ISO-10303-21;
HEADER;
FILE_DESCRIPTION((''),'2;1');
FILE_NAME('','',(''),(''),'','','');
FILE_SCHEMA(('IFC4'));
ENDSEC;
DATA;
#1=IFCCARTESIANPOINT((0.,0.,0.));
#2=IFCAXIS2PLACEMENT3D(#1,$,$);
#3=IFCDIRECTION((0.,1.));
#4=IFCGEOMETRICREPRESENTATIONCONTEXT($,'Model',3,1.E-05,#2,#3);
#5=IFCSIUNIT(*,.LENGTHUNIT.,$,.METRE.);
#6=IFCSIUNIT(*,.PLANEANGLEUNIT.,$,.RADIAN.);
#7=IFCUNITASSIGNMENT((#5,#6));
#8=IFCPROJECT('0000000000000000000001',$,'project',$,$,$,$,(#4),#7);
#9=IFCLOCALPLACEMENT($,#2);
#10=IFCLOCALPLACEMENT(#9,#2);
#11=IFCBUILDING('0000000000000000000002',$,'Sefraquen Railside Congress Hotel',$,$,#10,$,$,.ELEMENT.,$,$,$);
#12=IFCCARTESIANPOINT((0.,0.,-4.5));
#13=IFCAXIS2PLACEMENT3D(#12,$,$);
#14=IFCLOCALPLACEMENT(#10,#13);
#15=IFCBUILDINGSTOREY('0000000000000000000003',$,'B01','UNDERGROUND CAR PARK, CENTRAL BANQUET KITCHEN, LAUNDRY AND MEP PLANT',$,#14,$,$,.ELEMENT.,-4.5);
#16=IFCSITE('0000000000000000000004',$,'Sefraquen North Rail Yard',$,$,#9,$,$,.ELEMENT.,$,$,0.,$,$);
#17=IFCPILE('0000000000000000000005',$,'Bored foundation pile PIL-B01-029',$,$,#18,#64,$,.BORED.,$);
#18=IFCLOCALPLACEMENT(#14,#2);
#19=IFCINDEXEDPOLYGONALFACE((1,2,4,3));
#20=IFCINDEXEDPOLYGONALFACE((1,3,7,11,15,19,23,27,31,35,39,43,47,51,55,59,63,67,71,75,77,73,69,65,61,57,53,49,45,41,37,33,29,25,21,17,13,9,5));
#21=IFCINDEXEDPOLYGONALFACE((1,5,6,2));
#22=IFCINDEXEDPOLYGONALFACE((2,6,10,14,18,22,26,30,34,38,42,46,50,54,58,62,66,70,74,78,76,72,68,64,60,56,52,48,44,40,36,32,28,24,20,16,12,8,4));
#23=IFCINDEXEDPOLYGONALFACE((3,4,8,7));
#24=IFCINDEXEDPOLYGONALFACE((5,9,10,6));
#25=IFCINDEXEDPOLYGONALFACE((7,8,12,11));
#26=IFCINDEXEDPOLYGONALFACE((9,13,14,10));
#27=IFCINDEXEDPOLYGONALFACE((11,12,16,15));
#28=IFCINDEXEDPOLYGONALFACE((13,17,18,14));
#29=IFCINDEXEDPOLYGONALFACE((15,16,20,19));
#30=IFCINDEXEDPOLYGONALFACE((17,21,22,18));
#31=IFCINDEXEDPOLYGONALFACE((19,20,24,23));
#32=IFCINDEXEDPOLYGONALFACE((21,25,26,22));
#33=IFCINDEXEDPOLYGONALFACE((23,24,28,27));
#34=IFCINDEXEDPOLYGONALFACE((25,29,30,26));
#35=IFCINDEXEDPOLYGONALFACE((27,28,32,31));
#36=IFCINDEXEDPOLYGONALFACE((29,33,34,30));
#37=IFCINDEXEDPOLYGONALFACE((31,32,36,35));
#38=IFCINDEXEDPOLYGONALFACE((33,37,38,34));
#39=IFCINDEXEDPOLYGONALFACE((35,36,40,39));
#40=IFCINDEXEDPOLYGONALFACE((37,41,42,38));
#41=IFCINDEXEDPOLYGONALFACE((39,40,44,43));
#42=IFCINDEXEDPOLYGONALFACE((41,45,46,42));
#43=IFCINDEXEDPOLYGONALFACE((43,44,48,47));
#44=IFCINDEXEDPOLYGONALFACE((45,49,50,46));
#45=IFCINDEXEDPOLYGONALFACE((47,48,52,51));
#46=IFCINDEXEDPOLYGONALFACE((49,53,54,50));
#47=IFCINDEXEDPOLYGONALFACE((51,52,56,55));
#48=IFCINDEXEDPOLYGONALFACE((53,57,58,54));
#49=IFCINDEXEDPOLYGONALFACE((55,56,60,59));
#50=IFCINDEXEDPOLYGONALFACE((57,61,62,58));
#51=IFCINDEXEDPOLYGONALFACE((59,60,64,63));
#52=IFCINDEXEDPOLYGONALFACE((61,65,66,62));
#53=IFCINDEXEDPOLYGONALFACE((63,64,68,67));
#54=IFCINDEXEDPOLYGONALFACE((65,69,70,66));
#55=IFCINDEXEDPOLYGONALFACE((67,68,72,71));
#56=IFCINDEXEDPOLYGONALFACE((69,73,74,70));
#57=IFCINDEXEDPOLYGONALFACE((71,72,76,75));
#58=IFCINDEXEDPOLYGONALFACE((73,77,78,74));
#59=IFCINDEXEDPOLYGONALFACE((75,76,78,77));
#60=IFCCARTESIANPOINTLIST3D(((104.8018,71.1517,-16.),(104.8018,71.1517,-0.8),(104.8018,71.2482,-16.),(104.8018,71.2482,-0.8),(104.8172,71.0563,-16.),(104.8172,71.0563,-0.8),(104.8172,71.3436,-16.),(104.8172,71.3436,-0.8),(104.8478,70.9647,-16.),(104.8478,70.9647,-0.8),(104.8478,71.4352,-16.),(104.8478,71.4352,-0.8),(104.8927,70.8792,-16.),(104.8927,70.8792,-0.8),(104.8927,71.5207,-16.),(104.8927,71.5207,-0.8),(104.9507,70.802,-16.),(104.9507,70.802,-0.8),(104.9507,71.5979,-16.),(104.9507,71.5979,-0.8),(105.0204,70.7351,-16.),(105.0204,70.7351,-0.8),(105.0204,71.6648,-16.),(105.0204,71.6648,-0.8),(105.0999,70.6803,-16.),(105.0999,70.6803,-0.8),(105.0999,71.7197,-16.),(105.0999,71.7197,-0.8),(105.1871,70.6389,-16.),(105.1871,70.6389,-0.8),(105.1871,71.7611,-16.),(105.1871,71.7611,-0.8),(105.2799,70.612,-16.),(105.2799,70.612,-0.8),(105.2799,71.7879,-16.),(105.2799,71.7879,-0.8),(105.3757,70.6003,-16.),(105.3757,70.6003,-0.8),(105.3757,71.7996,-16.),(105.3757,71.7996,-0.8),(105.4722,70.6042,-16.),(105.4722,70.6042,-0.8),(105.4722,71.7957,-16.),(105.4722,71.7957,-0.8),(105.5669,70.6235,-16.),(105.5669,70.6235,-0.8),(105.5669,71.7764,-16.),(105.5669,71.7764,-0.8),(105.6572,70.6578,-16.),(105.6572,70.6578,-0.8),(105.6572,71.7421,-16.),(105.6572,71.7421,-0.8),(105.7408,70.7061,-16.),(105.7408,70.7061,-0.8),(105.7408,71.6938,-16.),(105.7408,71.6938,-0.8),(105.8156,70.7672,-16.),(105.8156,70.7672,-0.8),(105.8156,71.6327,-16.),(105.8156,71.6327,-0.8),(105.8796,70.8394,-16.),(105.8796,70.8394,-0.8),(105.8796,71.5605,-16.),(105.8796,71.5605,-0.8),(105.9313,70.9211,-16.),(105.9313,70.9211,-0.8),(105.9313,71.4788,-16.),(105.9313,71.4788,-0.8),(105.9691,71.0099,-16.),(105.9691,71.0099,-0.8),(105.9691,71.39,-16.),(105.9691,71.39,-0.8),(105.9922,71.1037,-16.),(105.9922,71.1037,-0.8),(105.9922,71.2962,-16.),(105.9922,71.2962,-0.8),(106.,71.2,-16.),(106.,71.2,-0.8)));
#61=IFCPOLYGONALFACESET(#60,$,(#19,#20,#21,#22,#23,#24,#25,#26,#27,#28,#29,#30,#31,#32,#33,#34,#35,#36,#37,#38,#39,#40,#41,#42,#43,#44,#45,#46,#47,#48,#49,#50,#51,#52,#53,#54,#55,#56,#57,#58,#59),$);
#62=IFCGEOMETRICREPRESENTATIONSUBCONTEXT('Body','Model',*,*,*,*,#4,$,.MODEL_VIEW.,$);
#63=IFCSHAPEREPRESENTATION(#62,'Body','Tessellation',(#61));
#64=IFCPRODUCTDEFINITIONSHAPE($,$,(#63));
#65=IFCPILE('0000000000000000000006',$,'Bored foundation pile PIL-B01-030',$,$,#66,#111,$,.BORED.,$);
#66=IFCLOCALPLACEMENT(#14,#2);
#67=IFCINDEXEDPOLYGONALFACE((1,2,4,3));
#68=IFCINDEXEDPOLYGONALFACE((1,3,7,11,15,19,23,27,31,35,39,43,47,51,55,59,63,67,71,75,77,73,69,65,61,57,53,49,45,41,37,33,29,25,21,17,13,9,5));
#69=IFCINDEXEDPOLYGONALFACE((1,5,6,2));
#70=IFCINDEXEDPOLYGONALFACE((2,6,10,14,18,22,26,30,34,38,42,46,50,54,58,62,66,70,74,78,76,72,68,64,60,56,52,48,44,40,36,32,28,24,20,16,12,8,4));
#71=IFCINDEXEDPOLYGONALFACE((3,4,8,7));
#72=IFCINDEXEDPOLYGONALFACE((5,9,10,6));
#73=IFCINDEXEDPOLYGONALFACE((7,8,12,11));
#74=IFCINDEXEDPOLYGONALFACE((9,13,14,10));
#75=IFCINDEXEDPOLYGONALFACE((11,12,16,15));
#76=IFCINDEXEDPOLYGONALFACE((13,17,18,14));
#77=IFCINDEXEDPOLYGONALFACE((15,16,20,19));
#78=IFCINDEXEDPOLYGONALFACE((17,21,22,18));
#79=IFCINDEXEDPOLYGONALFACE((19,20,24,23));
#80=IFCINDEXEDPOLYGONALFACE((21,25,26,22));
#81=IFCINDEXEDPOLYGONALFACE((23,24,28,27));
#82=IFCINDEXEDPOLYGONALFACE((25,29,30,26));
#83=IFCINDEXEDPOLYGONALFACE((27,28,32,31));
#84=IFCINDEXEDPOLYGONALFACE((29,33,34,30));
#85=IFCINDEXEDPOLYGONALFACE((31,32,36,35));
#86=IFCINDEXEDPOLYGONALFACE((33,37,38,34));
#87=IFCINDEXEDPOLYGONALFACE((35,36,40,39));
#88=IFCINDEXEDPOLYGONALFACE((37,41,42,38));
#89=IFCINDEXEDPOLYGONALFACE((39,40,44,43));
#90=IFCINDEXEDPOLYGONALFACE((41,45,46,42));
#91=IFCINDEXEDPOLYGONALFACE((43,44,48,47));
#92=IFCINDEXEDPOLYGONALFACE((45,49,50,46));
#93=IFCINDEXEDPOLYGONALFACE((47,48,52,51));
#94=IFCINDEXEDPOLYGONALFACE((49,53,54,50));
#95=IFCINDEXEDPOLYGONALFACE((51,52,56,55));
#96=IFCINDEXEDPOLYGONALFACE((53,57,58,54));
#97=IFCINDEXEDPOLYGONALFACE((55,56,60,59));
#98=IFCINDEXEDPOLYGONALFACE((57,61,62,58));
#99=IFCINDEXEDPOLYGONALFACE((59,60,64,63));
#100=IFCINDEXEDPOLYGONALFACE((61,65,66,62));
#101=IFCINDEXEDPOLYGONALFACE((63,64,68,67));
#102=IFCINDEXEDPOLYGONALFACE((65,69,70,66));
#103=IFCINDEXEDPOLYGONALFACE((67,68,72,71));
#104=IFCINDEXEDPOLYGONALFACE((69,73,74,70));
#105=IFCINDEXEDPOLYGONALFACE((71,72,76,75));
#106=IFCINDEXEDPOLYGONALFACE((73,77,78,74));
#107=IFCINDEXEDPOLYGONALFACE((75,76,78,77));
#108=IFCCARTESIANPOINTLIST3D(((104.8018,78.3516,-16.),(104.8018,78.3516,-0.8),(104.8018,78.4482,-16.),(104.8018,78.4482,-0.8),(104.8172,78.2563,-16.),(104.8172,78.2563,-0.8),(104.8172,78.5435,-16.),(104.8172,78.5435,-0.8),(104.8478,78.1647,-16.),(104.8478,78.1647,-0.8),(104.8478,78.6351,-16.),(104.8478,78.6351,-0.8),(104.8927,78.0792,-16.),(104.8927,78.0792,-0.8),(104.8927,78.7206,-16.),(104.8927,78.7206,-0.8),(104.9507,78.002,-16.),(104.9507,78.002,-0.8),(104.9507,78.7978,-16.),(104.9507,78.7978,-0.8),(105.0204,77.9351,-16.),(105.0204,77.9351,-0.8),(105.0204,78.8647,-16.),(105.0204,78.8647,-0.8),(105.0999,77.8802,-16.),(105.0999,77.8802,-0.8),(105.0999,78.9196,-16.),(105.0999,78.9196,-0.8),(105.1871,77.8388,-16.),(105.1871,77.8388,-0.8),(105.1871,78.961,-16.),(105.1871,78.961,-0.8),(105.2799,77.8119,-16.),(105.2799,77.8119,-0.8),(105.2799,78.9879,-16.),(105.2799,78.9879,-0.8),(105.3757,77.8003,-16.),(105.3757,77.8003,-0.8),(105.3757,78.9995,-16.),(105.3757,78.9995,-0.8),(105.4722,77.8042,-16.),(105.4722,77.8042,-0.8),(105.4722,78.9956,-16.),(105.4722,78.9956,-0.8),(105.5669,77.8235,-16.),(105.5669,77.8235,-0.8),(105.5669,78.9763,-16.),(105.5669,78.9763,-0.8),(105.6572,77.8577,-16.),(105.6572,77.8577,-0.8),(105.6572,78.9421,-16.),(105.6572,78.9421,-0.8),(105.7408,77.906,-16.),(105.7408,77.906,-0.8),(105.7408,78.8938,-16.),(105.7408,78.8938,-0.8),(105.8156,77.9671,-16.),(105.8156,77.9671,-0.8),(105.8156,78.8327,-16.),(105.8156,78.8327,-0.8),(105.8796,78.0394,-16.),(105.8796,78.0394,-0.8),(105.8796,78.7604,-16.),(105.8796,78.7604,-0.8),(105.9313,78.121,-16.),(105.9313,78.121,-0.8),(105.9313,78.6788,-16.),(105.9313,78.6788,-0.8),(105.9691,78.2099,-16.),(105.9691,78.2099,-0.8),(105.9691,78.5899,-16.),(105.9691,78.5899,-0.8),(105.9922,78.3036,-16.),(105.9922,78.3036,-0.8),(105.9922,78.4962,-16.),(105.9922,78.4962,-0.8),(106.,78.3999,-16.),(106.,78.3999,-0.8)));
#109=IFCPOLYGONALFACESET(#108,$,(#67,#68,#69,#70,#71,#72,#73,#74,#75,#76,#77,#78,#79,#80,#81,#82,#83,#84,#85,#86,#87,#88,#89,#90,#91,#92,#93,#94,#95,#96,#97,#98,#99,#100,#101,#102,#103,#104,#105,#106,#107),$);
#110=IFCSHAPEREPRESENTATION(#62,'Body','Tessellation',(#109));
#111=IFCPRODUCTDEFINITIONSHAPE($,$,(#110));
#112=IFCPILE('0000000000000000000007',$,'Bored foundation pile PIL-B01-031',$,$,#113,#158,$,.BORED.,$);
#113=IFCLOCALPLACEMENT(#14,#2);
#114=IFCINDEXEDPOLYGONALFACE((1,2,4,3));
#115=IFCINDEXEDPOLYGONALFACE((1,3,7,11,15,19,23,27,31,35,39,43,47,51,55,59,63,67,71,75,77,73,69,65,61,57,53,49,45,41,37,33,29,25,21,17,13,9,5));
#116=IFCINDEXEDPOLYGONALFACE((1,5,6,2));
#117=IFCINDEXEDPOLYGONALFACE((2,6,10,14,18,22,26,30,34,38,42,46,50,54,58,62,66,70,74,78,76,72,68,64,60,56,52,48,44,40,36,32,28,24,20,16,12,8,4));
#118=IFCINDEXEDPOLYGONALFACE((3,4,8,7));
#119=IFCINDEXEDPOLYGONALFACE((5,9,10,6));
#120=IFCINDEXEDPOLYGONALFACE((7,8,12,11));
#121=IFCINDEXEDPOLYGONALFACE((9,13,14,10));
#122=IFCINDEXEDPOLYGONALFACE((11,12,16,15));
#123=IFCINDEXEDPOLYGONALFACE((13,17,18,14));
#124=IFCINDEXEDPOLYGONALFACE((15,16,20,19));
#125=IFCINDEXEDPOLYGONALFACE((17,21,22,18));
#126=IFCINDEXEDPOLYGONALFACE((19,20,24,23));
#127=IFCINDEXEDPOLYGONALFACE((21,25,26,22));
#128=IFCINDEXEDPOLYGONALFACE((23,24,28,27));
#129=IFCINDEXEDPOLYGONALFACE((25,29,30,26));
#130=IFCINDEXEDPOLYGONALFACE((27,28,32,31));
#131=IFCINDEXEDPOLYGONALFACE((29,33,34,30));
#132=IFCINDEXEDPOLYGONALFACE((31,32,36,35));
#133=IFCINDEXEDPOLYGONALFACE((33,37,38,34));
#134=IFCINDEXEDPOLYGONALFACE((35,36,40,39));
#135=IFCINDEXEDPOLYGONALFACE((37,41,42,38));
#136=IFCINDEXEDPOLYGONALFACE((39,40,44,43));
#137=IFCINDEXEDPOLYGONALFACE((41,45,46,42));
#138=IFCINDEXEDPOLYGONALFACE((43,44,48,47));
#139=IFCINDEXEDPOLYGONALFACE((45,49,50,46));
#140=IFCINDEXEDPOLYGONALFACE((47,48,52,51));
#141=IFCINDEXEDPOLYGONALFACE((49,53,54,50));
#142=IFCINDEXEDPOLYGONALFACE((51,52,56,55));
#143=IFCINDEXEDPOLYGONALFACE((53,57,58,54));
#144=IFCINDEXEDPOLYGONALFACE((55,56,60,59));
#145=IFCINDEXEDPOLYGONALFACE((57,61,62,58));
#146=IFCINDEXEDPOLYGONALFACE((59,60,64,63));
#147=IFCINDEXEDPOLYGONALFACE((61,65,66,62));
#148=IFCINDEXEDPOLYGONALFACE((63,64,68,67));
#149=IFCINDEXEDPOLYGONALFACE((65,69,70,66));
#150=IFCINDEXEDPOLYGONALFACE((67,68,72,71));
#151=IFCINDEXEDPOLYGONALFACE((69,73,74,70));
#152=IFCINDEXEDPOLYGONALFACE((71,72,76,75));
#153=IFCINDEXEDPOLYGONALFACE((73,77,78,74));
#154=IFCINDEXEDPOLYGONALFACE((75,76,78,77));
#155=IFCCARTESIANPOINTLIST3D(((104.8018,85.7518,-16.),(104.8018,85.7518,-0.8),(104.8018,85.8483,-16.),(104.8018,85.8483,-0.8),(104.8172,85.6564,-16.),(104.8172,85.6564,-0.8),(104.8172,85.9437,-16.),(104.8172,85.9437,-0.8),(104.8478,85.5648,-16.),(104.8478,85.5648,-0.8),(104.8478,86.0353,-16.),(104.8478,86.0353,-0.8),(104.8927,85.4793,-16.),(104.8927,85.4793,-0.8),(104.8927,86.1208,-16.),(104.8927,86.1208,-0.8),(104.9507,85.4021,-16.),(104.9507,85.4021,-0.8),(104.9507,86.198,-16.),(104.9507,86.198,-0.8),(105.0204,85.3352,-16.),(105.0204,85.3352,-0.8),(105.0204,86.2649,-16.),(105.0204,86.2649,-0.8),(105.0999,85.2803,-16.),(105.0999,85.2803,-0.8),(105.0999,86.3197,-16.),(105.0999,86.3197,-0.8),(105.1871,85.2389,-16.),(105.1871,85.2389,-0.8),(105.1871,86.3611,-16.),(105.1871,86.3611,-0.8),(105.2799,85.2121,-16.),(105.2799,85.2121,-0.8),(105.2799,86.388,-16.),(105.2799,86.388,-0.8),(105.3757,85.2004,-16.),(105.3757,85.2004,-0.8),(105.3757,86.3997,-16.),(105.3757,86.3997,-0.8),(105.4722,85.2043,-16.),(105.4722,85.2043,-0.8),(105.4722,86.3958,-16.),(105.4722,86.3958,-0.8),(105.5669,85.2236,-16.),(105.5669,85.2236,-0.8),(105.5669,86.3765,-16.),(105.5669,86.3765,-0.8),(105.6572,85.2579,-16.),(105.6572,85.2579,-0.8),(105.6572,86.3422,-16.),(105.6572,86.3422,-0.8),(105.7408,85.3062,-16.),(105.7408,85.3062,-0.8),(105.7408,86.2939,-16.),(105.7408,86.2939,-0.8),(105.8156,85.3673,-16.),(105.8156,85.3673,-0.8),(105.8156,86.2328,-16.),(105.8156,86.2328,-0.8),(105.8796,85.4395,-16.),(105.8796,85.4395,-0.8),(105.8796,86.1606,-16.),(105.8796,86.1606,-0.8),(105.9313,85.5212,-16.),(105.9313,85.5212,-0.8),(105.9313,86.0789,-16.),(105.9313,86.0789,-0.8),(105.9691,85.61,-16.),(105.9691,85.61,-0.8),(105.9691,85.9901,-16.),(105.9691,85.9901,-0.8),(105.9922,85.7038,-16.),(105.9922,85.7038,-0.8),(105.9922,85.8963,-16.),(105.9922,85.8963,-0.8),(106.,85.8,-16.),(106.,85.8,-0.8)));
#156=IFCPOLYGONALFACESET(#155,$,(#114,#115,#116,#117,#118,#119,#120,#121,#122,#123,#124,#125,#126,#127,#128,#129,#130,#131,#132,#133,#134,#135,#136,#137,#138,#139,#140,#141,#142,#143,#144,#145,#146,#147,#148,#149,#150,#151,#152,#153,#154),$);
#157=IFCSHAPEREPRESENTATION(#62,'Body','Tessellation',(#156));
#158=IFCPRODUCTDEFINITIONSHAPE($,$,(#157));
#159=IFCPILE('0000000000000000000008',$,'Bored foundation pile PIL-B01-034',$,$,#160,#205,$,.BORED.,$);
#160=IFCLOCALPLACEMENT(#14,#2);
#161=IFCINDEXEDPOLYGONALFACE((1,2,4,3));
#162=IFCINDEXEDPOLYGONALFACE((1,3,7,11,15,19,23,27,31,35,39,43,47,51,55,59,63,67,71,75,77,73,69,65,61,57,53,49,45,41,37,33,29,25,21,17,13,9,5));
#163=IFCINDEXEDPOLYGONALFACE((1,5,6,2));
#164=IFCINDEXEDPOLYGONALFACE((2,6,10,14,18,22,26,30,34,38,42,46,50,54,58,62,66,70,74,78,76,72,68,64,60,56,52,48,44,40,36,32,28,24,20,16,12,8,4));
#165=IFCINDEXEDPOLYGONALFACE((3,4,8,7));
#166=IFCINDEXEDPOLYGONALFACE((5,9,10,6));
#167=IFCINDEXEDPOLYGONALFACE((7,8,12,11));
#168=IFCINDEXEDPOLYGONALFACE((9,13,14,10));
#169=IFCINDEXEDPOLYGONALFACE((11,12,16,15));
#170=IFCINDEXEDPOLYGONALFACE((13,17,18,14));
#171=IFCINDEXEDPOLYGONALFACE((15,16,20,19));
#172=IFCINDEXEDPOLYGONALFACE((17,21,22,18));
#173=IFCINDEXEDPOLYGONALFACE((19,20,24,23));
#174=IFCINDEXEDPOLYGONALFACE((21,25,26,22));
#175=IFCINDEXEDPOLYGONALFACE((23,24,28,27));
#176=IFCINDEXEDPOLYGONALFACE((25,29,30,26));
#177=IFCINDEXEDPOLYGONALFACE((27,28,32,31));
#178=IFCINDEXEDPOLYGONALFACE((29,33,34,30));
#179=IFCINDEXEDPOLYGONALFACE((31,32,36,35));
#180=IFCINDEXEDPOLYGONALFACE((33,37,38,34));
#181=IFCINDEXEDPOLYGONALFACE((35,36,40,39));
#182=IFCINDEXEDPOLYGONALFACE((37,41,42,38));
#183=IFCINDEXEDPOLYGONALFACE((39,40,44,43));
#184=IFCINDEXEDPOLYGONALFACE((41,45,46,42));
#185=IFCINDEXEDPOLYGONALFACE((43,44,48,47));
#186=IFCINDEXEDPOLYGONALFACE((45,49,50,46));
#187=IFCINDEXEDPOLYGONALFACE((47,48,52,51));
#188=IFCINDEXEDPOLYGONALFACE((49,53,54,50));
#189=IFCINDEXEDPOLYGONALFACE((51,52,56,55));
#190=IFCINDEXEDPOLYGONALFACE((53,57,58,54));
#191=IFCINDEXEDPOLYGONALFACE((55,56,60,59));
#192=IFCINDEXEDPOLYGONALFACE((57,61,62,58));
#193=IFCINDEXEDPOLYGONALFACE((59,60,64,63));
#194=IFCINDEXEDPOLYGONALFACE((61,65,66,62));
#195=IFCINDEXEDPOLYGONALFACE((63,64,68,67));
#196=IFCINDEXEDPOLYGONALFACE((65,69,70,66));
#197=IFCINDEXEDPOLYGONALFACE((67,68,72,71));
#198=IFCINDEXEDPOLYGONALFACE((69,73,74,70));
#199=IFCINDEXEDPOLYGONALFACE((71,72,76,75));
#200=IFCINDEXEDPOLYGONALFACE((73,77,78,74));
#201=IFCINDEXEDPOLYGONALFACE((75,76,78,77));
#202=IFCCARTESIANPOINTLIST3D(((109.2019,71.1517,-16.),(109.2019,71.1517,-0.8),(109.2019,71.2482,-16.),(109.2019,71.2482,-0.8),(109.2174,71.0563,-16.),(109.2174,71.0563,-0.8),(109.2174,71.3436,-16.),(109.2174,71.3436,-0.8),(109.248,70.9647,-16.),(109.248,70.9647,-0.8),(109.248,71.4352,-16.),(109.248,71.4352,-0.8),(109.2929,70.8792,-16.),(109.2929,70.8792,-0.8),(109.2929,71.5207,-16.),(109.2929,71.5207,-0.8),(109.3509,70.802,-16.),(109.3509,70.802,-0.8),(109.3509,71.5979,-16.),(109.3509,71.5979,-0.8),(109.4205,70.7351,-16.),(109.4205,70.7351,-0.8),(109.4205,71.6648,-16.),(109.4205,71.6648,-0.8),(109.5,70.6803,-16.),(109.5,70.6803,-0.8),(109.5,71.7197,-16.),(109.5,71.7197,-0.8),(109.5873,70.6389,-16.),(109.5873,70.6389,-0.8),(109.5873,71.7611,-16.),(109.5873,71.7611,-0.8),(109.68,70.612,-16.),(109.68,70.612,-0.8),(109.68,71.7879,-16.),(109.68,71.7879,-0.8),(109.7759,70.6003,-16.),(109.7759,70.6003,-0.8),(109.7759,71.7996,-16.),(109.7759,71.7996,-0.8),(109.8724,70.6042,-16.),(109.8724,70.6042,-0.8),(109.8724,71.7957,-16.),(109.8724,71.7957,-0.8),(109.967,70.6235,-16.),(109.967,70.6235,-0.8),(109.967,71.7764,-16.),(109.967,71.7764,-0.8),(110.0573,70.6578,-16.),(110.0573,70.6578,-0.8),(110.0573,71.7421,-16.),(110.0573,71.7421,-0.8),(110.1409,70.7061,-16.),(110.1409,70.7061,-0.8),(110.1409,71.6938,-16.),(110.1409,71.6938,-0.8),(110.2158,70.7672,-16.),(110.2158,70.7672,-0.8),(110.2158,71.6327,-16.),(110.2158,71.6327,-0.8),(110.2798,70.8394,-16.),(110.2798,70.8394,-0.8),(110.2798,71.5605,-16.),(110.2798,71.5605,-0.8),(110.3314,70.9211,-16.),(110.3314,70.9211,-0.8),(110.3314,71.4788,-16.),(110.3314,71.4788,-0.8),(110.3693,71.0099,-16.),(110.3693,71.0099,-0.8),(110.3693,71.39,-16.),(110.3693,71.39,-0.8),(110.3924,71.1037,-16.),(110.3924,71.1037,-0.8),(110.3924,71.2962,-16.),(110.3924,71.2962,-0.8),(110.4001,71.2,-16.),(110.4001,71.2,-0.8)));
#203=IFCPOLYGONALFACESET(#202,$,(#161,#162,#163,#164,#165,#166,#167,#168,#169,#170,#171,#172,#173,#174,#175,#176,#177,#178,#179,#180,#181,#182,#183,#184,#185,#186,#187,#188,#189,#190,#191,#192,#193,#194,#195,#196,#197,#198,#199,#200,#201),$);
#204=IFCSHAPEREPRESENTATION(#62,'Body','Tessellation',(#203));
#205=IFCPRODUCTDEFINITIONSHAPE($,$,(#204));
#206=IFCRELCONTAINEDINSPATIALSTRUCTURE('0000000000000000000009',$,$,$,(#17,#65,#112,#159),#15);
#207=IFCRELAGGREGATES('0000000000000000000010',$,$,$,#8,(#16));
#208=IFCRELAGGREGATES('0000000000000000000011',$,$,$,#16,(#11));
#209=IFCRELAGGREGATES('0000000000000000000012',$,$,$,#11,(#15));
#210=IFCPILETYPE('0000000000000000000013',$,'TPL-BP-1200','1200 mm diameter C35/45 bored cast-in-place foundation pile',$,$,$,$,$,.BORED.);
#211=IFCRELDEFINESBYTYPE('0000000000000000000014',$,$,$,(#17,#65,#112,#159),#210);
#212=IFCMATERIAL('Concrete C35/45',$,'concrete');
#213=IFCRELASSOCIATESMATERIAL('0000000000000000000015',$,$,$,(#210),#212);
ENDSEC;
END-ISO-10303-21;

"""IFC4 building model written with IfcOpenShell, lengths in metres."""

from ifc_helpers import new_model, si_unit, direction, frame, origin, origin_2d, place, context, subcontext, project, spatial, circle, extrude, material, material_profile, profile_set, type_object, element, save


model = new_model("IFC4")

# Units and contexts
model_context = context("Model", 3, precision=1e-05, world=origin(), true_north=direction((0.0, 1.0)))
body_context = subcontext(model_context, "Body", "Model", "MODEL_VIEW")
ifc_project = project(units=[si_unit("LENGTHUNIT", "METRE"), si_unit("PLANEANGLEUNIT", "RADIAN")], contexts=[model_context])

# Site, building, storey
site_placement = place(None, origin())
site = spatial("IfcSite", under=ifc_project, at=site_placement, Name="Sefraquen North Rail Yard", CompositionType="ELEMENT", RefElevation=0.0)
building_placement = place(site_placement, origin())
building = spatial("IfcBuilding", under=site, at=building_placement, Name="Sefraquen Railside Congress Hotel", CompositionType="ELEMENT")
storey_placement = place(building_placement, frame((0.0, 0.0, -4.5)))
storey = spatial("IfcBuildingStorey", under=building, at=storey_placement, Name="B01", Description="UNDERGROUND CAR PARK, CENTRAL BANQUET KITCHEN, LAUNDRY AND MEP PLANT", CompositionType="ELEMENT", Elevation=-4.5)

# Piles
ifc_material_1 = material(Name="Concrete C35/45", Category="concrete")
ifc_material_profile_1 = material_profile(ifc_material_1, circle(Radius=0.6001, at=origin_2d()), Name="BORED PILE 1200")
ifc_profile_set_1 = profile_set([ifc_material_profile_1], Name="Concrete C35/45")
pile_type = type_object("IfcPileType", Name="TPL-BP-1200", Description="1200 mm diameter C35/45 bored cast-in-place foundation pile", PredefinedType="BORED", material=ifc_profile_set_1)
for number, where, z_axis, x_axis, name in (
    (1, (105.3999, 71.2, -0.8), (0.0, 0.0, -1.0), (1.0, 0.0, 0.0), "Bored foundation pile PIL-B01-029"),
    (2, (105.3999, 78.3999, -0.8), (0.0, 0.0, -1.0), (1.0, 0.0, 0.0), "Bored foundation pile PIL-B01-030"),
    (3, (105.3999, 85.8, -0.8), (0.0, 0.0, -1.0), (1.0, 0.0, 0.0), "Bored foundation pile PIL-B01-031"),
    (4, (109.8, 71.2, -0.8), (0.0, 0.0, -1.0), (1.0, 0.0, 0.0), "Bored foundation pile PIL-B01-034"),
):
    element("IfcPile", number, at=place(storey_placement, frame(where, z_axis=z_axis, x_axis=x_axis)), inside=storey, type_object=pile_type, Name=name, PredefinedType="BORED", context=body_context, shape_type="SweptSolid", body=[
        extrude(circle(Radius=0.6001, at=origin_2d()), origin(), (0.0, 0.0, 1.0), 15.2),
    ])

save(model, "model.ifc")
